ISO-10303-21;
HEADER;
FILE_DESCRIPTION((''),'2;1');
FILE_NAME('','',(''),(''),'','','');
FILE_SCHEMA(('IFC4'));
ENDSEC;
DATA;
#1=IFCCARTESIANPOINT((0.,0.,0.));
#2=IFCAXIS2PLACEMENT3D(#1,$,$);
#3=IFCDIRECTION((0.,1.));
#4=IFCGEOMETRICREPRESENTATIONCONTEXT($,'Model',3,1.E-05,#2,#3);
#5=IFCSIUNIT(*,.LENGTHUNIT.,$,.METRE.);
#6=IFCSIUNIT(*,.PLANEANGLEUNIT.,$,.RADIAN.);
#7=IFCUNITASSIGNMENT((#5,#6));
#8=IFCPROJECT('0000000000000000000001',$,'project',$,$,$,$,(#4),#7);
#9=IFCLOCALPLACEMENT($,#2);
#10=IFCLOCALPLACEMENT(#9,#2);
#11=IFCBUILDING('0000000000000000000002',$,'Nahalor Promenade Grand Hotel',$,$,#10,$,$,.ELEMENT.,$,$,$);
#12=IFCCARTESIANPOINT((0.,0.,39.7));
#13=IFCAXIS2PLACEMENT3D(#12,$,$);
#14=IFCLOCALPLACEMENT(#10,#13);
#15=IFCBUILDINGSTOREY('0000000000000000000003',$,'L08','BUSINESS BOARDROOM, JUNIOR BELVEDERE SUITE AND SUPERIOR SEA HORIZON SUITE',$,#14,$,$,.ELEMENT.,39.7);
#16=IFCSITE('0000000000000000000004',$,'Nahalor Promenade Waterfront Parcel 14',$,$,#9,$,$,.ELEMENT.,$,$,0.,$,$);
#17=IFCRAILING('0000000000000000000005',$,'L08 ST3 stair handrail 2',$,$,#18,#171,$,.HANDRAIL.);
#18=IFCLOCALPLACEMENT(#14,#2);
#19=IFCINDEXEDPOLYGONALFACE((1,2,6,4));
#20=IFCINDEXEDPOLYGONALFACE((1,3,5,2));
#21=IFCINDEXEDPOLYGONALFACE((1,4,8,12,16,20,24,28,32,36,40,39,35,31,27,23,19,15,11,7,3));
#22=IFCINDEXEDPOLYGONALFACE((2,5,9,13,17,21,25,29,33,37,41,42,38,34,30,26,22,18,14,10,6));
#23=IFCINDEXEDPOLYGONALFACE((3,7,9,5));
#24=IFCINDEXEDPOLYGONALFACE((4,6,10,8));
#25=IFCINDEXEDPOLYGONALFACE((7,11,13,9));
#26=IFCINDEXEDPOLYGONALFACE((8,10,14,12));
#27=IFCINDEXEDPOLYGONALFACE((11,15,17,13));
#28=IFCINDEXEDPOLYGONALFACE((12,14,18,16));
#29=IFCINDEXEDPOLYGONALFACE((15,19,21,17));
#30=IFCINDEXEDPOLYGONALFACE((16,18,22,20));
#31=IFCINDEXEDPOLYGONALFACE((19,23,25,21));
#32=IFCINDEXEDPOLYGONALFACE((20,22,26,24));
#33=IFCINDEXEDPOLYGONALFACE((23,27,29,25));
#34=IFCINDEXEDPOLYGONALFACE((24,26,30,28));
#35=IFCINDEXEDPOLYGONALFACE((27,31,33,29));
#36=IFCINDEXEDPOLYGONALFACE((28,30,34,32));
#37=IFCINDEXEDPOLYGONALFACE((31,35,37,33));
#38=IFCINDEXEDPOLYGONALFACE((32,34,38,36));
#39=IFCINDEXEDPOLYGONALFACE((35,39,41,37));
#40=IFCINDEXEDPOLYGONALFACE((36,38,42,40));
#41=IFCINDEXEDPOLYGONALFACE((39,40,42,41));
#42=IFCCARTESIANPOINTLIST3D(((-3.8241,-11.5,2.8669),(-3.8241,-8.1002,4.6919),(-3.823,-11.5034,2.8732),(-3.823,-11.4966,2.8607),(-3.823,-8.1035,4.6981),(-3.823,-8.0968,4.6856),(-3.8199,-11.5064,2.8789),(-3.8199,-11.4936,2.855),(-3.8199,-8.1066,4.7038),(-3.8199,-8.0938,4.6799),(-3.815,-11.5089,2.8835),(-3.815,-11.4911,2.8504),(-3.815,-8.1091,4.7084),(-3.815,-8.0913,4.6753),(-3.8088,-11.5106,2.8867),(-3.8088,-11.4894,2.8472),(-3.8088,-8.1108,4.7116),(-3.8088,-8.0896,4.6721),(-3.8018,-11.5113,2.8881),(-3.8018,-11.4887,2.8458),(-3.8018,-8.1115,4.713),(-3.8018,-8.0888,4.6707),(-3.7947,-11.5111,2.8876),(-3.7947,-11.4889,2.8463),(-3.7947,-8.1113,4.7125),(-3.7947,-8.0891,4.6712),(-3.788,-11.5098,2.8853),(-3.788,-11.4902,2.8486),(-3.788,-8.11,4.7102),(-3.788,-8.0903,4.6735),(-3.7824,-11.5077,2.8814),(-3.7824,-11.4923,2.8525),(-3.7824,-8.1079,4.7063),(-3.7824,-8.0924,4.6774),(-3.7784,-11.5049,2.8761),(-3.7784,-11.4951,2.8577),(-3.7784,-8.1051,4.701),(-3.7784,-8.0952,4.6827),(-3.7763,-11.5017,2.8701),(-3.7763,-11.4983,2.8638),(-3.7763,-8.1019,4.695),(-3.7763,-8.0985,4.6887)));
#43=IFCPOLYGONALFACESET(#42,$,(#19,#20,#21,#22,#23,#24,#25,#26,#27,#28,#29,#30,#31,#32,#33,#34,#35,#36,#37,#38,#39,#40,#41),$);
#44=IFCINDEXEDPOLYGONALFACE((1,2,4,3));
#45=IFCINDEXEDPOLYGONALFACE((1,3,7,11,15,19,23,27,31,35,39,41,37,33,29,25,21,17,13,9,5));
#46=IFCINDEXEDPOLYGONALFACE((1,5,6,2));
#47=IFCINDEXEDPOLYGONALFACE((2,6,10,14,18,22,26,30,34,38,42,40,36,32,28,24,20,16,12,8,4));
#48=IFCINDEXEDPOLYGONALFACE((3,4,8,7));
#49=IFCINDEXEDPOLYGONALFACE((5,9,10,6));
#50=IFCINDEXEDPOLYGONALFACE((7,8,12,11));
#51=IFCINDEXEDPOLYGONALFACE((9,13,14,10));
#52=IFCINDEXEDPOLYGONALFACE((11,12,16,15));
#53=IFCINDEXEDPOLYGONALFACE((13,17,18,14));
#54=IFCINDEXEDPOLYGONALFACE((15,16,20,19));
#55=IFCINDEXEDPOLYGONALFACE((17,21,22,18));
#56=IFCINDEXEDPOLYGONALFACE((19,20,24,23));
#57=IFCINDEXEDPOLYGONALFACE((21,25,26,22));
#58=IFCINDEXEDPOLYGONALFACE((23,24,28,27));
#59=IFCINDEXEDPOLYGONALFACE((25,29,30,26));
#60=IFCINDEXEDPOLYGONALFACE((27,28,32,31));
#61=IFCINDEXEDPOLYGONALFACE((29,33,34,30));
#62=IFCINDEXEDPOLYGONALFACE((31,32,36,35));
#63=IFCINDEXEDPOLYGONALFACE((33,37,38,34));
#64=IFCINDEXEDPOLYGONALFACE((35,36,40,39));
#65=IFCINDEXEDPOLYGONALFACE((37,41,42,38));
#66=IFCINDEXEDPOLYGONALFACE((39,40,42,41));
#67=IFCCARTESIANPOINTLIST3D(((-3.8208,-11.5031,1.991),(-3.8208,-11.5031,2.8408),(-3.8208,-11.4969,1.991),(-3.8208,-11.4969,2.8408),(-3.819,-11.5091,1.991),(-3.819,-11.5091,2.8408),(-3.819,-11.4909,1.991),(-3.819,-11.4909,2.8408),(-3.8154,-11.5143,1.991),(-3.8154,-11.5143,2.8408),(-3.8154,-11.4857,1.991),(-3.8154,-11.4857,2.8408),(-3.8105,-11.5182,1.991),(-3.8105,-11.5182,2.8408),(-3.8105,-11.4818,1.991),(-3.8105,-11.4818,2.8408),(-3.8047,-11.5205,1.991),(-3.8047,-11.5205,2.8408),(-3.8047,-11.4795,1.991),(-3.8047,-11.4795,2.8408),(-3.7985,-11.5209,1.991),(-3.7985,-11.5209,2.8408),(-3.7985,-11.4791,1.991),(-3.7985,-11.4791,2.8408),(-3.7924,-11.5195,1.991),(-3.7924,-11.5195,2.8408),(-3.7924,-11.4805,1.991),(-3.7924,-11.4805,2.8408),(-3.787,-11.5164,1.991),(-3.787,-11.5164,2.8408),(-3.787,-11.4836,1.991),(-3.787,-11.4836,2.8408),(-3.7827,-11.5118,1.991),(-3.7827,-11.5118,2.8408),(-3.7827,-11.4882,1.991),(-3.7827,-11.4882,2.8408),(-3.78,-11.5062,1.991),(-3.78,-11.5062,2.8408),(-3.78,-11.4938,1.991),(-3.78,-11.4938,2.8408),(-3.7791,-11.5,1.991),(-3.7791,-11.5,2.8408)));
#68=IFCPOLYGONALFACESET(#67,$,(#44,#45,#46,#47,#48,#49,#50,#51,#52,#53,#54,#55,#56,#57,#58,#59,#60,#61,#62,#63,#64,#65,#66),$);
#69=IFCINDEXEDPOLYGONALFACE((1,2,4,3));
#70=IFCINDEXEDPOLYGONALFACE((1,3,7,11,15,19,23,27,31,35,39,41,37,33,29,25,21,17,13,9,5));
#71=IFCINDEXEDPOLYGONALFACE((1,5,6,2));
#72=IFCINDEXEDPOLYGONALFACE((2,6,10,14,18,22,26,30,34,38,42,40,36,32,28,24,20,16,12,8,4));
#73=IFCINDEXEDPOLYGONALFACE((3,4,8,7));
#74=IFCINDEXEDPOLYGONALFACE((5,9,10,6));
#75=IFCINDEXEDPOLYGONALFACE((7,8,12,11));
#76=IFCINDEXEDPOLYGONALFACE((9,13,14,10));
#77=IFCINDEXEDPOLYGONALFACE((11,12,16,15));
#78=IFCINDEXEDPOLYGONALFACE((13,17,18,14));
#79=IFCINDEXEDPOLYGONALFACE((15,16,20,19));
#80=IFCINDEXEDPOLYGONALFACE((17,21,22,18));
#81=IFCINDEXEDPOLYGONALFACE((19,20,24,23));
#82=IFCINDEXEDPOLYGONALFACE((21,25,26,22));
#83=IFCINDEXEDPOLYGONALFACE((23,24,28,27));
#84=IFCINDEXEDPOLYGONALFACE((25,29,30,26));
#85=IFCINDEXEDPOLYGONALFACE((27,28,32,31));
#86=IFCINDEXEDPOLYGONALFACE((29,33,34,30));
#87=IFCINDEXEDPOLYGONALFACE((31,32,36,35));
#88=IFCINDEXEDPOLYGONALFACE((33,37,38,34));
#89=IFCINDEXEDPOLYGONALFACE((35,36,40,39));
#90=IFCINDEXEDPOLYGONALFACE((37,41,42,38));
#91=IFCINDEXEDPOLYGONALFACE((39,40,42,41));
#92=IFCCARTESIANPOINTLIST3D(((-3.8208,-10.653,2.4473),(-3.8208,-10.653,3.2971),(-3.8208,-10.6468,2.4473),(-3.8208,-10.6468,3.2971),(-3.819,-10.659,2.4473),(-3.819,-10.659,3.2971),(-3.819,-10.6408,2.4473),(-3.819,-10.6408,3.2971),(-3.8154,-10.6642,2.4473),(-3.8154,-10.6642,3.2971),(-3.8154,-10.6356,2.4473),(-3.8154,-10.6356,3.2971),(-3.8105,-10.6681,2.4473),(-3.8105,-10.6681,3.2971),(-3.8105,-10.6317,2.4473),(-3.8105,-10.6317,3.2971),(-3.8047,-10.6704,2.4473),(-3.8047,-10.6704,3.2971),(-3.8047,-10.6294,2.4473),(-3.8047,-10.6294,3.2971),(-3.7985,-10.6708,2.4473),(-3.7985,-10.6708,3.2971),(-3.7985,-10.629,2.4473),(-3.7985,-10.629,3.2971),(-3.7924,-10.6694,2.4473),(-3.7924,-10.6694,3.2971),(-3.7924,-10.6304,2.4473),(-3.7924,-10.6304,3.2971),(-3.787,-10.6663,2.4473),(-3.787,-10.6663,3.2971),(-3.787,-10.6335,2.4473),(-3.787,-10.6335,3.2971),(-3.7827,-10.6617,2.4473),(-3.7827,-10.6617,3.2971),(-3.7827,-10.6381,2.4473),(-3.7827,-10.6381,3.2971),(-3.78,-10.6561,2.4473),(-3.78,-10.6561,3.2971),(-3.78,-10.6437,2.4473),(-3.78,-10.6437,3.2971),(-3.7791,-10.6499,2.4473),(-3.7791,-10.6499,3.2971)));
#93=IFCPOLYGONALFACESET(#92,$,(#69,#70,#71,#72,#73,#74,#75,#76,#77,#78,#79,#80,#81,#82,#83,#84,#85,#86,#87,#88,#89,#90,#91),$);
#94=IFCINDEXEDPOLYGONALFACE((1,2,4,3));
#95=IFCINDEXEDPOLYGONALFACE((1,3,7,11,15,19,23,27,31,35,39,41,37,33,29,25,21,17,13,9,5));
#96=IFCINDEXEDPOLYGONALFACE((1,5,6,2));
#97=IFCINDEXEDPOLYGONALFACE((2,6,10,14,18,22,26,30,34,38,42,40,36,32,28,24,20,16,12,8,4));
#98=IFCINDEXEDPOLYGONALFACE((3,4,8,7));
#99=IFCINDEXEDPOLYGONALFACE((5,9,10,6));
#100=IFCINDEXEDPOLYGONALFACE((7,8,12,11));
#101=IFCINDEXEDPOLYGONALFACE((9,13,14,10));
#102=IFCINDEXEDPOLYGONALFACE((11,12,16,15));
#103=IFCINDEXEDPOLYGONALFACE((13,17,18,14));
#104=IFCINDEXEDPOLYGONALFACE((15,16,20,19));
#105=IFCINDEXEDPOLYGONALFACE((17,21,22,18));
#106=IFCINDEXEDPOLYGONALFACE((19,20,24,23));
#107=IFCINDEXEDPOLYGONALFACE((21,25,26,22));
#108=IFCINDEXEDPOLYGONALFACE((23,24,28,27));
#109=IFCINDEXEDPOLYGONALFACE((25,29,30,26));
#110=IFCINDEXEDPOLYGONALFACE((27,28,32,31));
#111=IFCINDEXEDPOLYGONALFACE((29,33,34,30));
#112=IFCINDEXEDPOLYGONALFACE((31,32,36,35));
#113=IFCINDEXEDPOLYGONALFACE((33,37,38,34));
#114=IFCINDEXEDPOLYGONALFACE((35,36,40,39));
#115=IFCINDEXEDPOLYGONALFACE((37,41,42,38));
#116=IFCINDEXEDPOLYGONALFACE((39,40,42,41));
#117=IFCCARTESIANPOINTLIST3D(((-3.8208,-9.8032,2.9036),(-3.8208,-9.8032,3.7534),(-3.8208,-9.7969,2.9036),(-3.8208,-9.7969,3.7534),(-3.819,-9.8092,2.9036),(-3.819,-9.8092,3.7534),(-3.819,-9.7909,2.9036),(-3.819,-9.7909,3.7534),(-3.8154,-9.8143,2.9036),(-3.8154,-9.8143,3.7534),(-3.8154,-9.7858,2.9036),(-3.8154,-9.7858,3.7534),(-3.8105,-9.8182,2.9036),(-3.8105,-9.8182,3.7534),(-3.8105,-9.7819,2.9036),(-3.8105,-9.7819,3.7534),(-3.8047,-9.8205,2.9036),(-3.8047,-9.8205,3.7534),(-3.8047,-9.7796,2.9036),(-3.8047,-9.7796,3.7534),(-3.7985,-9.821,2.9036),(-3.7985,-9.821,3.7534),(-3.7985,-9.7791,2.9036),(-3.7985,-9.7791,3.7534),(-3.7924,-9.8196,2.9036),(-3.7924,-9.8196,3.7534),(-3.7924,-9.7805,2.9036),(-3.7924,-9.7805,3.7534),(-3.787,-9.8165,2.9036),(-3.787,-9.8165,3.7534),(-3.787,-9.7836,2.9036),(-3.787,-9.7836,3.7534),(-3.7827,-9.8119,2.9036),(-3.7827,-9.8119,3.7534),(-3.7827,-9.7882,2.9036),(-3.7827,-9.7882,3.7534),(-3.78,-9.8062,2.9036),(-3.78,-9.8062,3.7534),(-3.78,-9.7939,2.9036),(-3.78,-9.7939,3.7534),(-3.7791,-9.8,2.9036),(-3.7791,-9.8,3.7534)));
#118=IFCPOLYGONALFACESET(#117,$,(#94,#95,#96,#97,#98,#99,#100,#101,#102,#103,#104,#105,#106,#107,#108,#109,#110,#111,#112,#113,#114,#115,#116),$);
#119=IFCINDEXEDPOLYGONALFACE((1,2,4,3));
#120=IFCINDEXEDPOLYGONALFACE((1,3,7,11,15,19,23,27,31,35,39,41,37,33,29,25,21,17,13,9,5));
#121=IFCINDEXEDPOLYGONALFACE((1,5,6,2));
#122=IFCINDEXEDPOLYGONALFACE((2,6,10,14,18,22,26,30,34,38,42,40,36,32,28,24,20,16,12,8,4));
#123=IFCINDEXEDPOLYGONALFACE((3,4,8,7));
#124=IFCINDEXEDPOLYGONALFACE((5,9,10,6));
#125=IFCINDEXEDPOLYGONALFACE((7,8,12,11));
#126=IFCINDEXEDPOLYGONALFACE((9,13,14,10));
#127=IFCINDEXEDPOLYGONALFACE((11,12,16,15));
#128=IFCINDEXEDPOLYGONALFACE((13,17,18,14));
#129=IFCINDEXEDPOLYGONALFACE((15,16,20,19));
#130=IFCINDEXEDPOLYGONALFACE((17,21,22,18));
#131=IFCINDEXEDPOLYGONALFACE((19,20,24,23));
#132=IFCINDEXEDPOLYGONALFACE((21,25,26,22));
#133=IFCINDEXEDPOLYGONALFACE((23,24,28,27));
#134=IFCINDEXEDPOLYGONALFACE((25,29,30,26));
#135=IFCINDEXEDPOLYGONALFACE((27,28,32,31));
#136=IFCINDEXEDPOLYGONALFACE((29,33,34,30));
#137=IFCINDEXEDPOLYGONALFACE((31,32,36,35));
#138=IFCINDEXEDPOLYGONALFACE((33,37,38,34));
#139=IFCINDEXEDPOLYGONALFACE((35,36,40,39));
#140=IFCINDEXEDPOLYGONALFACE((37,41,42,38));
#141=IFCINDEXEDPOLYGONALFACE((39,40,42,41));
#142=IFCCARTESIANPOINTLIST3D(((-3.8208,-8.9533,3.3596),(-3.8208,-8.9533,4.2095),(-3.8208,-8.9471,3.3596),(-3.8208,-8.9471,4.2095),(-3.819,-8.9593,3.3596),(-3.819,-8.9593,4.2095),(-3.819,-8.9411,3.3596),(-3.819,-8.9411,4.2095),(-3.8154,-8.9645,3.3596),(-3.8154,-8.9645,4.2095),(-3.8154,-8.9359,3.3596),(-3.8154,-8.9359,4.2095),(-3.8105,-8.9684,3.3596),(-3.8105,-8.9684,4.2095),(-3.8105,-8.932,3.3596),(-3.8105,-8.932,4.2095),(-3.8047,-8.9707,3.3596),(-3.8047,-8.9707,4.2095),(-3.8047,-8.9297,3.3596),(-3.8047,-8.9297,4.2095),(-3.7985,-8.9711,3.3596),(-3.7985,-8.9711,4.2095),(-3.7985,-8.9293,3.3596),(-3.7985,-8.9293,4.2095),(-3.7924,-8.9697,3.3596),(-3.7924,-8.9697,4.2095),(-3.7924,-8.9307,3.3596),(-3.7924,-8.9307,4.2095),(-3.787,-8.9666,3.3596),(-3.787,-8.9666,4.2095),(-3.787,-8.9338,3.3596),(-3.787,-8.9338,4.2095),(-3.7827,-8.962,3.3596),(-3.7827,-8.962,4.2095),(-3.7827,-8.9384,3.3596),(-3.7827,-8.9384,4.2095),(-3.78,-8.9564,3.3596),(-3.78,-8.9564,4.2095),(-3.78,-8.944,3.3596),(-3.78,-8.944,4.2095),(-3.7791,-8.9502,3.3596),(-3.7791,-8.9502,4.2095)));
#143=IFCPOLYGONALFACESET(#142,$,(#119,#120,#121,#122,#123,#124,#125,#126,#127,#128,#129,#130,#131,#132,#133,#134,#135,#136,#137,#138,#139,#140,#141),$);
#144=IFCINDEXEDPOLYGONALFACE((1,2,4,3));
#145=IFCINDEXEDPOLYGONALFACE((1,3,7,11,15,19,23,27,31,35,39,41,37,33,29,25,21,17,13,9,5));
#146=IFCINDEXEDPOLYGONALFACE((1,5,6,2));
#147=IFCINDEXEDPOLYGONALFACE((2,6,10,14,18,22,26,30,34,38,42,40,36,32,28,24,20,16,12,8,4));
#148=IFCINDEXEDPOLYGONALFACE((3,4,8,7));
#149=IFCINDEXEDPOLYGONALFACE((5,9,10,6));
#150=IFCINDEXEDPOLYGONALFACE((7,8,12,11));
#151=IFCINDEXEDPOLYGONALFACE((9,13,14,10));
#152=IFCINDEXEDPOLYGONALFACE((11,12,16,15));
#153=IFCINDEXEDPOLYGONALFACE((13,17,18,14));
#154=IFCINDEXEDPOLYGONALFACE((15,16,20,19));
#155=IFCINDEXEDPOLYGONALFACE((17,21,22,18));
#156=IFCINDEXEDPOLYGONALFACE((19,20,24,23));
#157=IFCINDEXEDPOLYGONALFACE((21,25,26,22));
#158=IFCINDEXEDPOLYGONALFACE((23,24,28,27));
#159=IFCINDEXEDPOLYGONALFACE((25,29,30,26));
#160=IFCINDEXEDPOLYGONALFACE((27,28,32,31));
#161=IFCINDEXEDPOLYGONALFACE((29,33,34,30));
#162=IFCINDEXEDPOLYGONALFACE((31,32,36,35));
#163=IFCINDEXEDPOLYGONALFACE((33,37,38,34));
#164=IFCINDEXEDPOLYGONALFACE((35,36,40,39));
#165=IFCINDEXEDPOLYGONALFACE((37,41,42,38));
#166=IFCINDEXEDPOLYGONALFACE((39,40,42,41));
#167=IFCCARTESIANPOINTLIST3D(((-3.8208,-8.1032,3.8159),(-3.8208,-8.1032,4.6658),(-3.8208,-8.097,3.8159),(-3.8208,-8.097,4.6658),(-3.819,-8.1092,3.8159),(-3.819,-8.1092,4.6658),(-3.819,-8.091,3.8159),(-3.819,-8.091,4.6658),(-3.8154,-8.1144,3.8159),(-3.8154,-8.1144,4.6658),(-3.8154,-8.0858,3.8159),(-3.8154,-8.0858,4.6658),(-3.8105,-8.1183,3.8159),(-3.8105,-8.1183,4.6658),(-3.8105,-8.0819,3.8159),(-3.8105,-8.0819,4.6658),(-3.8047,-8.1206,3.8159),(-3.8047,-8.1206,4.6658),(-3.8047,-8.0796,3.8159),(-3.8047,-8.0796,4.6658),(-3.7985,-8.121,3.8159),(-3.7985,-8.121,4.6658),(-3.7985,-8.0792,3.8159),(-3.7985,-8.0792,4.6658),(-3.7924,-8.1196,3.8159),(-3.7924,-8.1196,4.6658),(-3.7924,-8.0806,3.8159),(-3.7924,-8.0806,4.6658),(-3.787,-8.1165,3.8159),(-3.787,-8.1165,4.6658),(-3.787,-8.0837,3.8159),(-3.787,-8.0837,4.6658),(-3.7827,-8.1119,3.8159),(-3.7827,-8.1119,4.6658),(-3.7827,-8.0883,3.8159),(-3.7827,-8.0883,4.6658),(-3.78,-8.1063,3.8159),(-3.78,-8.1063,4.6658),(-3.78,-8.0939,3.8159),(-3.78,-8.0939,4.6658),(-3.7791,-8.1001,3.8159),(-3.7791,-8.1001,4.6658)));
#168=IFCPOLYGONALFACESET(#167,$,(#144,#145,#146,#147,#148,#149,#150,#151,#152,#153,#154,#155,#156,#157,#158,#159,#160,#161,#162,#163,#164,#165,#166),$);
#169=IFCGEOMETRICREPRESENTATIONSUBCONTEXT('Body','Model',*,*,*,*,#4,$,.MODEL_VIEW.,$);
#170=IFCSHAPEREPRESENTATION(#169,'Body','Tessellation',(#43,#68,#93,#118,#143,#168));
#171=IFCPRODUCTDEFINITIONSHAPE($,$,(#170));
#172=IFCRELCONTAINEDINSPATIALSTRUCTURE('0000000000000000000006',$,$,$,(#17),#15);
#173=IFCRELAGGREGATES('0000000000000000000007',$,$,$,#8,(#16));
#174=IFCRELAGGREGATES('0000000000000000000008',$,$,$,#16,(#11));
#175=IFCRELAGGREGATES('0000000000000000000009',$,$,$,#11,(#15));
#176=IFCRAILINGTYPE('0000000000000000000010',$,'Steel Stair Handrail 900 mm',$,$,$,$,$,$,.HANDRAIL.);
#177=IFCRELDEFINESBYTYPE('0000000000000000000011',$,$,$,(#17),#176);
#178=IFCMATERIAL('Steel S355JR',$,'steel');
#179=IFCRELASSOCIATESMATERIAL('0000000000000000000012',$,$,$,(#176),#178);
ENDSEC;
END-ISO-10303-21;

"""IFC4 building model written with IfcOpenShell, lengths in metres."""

from ifc_helpers import new_model, si_unit, direction, frame, origin, origin_2d, place, context, subcontext, project, spatial, circle, extrude, material, type_object, element, save


model = new_model("IFC4")

# Units and contexts
model_context = context("Model", 3, precision=1e-05, world=origin(), true_north=direction((0.0, 1.0)))
body_context = subcontext(model_context, "Body", "Model", "MODEL_VIEW")
ifc_project = project(units=[si_unit("LENGTHUNIT", "METRE"), si_unit("PLANEANGLEUNIT", "RADIAN")], contexts=[model_context])

# Site, building, storey
site_placement = place(None, origin())
site = spatial("IfcSite", under=ifc_project, at=site_placement, Name="Nahalor Promenade Waterfront Parcel 14", CompositionType="ELEMENT", RefElevation=0.0)
building_placement = place(site_placement, origin())
building = spatial("IfcBuilding", under=site, at=building_placement, Name="Nahalor Promenade Grand Hotel", CompositionType="ELEMENT")
storey_placement = place(building_placement, frame((0.0, 0.0, 39.7)))
storey = spatial("IfcBuildingStorey", under=building, at=storey_placement, Name="L08", Description="BUSINESS BOARDROOM, JUNIOR BELVEDERE SUITE AND SUPERIOR SEA HORIZON SUITE", CompositionType="ELEMENT", Elevation=39.7)

# Shared definitions
ifc_material_1 = material(Name="Steel S355JR", Category="steel")

# Railing
railing_type_1 = type_object("IfcRailingType", Name="Steel Stair Handrail 900 mm", PredefinedType="HANDRAIL", material=ifc_material_1)
railing_1_placement = place(storey_placement, frame((-3.8, -11.5, 1.991)))
element("IfcRailing", 1, at=railing_1_placement, inside=storey, type_object=railing_type_1, Name="L08 ST3 stair handrail 2", PredefinedType="HANDRAIL", context=body_context, shape_type="SweptSolid", body=[
    extrude(circle(Radius=0.024, at=origin_2d()), frame((0.0, 0.0, 0.876), z_axis=(0.0, 0.881094, 0.472941), x_axis=(-1.0, 0.0, 0.0)), (0.0, 0.0, 1.0), 3.8586),
    extrude(circle(Radius=0.021, at=origin_2d()), origin(), (0.0, 0.0, 1.0), 0.8499),
    extrude(circle(Radius=0.021, at=origin_2d()), frame((0.0, 0.8501, 0.4563)), (0.0, 0.0, 1.0), 0.8499),
    extrude(circle(Radius=0.021, at=origin_2d()), frame((0.0, 1.7, 0.9126)), (0.0, 0.0, 1.0), 0.8499),
    extrude(circle(Radius=0.021, at=origin_2d()), frame((0.0, 2.5498, 1.3687)), (0.0, 0.0, 1.0), 0.8499),
    extrude(circle(Radius=0.021, at=origin_2d()), frame((0.0, 3.3999, 1.825)), (0.0, 0.0, 1.0), 0.8499),
])

save(model, "model.ifc")
